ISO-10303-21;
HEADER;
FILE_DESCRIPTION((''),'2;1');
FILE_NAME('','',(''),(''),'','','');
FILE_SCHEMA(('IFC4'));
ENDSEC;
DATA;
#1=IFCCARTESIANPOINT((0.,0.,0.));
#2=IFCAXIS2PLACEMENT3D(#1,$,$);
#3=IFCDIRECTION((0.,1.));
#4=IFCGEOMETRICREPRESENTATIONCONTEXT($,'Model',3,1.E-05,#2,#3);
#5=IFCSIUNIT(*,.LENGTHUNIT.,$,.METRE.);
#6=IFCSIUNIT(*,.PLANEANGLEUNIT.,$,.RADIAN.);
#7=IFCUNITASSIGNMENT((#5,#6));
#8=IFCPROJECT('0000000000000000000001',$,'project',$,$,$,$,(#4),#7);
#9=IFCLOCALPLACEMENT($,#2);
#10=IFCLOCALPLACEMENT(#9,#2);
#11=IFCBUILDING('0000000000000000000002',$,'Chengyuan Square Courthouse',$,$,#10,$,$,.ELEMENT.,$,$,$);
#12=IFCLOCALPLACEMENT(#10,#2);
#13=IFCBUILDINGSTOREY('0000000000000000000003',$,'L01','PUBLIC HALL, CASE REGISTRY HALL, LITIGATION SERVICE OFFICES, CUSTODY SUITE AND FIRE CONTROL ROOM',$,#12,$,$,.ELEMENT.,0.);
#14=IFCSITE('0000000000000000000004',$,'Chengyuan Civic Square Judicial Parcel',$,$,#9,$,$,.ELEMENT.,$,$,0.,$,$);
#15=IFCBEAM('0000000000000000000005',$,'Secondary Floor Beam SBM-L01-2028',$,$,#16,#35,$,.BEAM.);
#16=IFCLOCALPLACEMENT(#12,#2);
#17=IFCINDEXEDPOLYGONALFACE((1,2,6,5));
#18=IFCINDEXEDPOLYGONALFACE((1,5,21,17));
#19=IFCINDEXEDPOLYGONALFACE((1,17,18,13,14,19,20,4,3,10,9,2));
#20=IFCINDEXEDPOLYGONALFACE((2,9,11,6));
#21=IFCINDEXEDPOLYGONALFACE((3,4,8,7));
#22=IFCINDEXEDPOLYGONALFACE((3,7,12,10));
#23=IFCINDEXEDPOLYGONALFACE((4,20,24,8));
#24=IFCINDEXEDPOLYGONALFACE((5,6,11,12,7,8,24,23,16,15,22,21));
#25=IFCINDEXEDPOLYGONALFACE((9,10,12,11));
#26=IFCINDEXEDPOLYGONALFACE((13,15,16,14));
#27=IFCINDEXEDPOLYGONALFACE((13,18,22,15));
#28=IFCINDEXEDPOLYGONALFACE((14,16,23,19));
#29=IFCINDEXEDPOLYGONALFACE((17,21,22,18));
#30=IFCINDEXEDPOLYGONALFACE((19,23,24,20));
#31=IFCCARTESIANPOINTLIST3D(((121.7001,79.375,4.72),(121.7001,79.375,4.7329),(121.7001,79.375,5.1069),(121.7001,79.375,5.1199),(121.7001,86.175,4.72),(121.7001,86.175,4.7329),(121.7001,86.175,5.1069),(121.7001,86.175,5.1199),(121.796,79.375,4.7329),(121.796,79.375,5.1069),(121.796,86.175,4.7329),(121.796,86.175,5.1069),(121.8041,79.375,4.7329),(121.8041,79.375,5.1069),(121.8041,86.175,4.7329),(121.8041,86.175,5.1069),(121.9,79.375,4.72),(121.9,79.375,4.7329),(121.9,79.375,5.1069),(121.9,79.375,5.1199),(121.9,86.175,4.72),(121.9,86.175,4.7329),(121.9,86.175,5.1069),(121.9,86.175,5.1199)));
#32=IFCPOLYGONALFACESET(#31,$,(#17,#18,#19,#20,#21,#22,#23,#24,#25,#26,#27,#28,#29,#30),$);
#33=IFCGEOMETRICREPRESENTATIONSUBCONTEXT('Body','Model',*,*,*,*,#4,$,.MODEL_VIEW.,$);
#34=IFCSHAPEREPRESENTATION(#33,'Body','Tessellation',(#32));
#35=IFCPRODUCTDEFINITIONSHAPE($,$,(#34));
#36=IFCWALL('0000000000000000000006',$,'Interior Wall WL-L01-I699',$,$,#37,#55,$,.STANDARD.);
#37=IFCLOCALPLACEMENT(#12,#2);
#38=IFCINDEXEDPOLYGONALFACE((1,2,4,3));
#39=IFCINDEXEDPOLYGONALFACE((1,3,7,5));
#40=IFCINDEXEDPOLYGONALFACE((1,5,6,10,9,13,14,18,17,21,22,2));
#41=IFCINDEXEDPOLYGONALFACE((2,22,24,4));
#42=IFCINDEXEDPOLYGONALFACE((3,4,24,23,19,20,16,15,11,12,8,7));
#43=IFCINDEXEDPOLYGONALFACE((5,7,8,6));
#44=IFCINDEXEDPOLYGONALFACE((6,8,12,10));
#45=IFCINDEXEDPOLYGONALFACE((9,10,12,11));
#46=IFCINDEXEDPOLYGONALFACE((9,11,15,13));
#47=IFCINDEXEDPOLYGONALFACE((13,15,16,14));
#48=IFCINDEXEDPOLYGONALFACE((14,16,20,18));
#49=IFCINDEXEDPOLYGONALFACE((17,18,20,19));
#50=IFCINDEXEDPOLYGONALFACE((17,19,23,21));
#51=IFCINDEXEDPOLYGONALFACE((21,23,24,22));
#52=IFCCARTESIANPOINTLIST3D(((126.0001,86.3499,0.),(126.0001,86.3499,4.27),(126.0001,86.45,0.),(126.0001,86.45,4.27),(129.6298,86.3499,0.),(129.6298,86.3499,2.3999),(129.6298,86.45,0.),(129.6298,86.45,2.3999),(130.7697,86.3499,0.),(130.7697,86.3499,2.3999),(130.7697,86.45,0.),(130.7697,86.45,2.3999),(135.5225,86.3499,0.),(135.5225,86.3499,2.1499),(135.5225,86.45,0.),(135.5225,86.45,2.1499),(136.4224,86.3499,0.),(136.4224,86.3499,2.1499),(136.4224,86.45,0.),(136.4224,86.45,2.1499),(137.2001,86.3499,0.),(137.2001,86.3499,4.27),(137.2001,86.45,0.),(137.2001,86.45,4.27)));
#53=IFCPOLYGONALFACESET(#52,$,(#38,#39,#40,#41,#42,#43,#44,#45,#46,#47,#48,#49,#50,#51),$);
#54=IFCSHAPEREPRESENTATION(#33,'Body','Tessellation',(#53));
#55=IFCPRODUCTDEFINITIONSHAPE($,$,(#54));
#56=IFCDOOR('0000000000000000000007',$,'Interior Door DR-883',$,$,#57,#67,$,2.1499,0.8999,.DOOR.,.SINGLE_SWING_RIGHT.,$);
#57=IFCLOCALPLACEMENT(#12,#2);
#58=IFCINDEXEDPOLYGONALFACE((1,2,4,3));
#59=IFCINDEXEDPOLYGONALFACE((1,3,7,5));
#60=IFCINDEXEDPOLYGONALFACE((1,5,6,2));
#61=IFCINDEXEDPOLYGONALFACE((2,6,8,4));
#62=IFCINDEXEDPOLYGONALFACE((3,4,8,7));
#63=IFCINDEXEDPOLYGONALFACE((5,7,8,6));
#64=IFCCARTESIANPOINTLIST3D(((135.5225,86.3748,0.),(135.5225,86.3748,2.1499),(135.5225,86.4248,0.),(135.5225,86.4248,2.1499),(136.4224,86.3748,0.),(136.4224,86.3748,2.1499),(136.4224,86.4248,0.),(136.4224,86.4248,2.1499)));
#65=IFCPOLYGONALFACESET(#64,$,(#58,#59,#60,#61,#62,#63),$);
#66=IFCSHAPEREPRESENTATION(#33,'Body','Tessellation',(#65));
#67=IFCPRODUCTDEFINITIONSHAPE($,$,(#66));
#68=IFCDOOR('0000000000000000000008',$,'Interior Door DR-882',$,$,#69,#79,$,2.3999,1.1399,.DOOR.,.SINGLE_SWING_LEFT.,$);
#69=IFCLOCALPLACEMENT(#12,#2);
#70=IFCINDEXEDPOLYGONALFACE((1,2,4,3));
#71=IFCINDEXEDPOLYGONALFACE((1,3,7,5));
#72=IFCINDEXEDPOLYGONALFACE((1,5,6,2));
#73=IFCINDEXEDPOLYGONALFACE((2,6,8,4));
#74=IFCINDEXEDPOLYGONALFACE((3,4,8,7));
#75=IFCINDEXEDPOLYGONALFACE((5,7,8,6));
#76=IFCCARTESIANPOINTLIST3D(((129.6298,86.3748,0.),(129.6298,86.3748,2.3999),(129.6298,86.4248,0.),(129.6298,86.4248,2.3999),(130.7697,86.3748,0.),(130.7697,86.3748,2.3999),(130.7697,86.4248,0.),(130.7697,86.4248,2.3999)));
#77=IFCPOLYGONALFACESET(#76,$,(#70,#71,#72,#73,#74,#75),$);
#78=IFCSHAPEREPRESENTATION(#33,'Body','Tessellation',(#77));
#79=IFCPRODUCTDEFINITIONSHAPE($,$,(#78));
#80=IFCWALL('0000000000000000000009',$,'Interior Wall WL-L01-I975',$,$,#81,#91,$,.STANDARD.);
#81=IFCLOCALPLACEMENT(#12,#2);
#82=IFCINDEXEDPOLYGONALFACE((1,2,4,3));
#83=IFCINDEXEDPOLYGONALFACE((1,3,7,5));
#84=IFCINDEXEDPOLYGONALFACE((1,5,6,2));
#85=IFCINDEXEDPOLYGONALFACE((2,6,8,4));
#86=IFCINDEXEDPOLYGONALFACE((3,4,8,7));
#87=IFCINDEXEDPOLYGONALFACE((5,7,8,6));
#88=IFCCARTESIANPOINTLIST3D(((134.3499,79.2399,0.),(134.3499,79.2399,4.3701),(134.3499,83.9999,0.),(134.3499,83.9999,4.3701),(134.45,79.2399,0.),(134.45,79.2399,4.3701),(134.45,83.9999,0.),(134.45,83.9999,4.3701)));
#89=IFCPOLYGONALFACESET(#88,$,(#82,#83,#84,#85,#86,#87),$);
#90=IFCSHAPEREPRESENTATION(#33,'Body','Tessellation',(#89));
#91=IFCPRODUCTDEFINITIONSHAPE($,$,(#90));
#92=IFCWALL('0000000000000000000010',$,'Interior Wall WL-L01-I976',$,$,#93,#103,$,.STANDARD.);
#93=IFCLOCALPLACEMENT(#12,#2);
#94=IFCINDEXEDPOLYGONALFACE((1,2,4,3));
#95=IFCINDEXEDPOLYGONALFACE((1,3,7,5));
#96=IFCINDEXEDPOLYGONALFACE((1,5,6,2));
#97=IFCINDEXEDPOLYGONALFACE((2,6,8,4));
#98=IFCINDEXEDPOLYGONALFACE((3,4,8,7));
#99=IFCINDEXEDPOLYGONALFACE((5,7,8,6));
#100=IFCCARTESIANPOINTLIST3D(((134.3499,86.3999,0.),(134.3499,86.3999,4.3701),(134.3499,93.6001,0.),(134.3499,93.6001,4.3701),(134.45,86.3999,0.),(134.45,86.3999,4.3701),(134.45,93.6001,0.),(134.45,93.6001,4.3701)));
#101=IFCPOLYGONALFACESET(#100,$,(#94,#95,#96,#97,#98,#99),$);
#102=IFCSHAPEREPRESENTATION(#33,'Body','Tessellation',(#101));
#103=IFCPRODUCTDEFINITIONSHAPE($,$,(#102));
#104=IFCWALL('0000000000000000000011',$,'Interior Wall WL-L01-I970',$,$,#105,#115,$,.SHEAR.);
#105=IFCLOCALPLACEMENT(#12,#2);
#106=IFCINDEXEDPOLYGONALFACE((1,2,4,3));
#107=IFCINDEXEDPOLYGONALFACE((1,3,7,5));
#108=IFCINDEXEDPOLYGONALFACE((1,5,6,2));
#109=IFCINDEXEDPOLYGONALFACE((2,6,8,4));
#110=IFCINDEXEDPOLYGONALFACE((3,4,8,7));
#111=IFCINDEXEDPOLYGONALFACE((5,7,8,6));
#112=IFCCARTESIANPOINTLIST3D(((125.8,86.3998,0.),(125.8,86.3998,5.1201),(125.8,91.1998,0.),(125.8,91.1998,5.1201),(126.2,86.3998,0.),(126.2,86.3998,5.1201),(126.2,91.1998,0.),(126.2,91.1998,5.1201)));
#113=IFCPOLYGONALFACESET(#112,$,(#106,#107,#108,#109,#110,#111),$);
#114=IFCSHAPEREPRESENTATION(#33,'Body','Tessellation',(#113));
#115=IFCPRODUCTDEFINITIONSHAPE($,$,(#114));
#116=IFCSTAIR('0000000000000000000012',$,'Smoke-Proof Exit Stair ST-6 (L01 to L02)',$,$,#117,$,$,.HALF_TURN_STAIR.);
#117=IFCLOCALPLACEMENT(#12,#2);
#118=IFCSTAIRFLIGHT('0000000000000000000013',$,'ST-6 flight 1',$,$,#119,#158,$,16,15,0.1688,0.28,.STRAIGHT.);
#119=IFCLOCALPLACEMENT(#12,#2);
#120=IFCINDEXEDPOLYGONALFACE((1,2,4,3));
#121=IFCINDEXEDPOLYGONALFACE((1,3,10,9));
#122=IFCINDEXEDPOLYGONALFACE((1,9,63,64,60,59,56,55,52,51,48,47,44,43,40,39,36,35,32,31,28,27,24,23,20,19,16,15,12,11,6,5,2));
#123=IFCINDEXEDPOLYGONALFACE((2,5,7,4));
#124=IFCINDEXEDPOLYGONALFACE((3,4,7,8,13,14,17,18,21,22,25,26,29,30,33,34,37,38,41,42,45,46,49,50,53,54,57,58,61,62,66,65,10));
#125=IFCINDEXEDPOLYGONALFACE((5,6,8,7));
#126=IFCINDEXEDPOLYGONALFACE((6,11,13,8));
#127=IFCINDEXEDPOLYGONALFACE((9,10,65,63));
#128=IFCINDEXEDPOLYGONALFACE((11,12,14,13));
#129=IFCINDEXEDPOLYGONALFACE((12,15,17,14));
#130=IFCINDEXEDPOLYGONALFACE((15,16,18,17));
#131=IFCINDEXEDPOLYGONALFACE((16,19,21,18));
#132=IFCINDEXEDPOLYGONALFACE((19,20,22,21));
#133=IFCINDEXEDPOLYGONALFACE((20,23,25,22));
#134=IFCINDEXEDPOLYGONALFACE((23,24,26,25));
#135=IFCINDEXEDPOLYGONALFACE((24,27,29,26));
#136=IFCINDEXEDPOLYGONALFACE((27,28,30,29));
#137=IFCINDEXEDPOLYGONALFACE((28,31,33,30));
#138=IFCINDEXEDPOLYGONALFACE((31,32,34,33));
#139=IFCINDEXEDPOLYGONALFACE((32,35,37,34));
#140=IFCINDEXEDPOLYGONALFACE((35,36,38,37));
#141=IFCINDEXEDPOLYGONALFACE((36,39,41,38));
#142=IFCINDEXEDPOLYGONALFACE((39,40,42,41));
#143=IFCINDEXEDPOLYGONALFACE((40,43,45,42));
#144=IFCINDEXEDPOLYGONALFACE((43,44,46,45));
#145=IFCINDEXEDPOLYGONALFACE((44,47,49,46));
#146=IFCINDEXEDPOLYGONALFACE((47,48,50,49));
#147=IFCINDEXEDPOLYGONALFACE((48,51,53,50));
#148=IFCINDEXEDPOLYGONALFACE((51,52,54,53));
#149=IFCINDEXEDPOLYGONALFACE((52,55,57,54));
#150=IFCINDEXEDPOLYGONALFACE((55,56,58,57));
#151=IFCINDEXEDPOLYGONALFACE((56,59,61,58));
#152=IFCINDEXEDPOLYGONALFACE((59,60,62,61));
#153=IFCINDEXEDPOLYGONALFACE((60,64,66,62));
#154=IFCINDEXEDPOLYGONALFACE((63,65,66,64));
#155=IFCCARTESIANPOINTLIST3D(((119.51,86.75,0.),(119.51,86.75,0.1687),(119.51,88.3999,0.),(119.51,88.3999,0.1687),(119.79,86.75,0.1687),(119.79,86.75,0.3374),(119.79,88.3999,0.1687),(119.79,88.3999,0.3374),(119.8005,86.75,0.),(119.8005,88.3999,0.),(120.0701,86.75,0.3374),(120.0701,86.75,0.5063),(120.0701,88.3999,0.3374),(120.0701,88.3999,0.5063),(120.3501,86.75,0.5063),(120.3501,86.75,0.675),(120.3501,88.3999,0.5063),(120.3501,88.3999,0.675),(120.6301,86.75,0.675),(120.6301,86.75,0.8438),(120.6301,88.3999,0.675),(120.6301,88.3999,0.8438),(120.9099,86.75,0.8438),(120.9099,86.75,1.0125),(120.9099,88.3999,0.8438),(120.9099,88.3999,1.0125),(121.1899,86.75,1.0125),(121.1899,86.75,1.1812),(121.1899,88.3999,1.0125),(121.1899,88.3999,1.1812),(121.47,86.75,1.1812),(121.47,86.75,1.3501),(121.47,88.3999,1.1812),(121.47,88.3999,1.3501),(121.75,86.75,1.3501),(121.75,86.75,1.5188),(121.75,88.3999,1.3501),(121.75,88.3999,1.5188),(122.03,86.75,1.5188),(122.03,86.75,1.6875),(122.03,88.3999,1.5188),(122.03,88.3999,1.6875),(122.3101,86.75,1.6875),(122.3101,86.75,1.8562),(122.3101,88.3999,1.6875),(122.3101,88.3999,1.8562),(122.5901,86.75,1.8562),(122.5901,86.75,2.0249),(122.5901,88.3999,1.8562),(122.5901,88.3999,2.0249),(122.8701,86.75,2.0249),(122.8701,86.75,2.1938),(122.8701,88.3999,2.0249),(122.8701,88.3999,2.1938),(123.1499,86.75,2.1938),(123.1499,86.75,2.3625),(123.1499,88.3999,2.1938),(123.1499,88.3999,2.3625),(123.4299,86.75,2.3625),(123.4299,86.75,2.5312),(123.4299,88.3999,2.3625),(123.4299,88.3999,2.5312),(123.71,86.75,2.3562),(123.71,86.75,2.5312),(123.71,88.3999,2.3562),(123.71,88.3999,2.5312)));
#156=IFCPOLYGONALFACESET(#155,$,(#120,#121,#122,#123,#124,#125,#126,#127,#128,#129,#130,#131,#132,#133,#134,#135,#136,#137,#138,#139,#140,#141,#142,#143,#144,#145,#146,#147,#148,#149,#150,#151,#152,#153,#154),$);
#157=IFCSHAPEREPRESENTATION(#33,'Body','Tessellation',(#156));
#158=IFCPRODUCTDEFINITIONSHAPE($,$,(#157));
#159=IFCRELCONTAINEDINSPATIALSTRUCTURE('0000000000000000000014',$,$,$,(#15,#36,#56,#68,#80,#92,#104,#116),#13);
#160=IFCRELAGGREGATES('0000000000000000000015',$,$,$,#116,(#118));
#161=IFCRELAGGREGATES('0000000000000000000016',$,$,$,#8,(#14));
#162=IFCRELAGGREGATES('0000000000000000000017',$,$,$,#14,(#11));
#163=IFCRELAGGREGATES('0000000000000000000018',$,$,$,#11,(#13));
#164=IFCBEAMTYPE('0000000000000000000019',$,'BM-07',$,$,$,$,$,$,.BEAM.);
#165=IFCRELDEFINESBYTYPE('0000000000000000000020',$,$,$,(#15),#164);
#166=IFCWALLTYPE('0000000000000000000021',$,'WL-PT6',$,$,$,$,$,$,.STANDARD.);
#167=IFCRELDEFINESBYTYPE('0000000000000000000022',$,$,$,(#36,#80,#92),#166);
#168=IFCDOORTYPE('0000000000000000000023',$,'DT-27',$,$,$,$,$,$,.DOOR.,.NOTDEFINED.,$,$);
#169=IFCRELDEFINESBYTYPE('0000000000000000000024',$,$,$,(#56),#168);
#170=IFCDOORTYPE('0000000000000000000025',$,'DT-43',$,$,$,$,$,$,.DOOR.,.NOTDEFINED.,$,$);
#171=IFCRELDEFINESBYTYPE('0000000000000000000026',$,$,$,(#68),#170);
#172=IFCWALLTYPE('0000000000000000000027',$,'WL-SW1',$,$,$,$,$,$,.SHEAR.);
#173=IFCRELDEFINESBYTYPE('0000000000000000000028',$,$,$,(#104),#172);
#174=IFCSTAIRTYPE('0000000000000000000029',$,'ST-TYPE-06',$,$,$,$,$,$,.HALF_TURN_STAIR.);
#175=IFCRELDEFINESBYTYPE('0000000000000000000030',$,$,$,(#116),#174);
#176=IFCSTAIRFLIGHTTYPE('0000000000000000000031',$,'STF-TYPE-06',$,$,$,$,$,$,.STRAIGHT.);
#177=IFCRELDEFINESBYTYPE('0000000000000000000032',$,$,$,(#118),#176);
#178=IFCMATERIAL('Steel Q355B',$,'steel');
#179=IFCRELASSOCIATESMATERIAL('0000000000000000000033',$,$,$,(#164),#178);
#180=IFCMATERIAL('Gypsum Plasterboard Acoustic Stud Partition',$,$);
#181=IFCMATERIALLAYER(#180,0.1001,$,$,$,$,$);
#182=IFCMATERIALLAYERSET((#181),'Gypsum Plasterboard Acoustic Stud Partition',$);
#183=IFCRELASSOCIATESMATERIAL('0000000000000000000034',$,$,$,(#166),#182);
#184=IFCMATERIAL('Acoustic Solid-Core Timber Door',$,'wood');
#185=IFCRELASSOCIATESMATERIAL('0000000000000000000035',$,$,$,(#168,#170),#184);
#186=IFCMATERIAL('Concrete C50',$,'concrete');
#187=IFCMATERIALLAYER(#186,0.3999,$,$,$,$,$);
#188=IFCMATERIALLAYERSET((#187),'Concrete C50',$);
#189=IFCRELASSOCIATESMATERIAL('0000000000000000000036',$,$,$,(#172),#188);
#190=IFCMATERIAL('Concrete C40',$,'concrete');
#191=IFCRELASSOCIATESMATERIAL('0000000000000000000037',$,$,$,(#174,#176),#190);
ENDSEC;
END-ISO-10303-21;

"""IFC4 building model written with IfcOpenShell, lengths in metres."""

from ifc_helpers import new_model, si_unit, direction, frame, frame_2d, origin, origin_2d, place, context, subcontext, project, spatial, polyline, rectangle, i_section, outline, extrude, material, layer, layer_set, material_profile, profile_set, type_object, element, fill, aggregate, save


model = new_model("IFC4")

# Units and contexts
model_context = context("Model", 3, precision=1e-05, world=origin(), true_north=direction((0.0, 1.0)))
body_context = subcontext(model_context, "Body", "Model", "MODEL_VIEW")
ifc_project = project(units=[si_unit("LENGTHUNIT", "METRE"), si_unit("PLANEANGLEUNIT", "RADIAN")], contexts=[model_context])

# Site, building, storey
site_placement = place(None, origin())
site = spatial("IfcSite", under=ifc_project, at=site_placement, Name="Chengyuan Civic Square Judicial Parcel", CompositionType="ELEMENT", RefElevation=0.0)
building_placement = place(site_placement, origin())
building = spatial("IfcBuilding", under=site, at=building_placement, Name="Chengyuan Square Courthouse", CompositionType="ELEMENT")
storey_placement = place(building_placement, origin())
storey = spatial("IfcBuildingStorey", under=building, at=storey_placement, Name="L01", Description="PUBLIC HALL, CASE REGISTRY HALL, LITIGATION SERVICE OFFICES, CUSTODY SUITE AND FIRE CONTROL ROOM", CompositionType="ELEMENT", Elevation=0.0)

# Shared definitions
ifc_material_1 = material(Name="Concrete C50", Category="concrete")

# Beam
ifc_material_2 = material(Name="Concrete C40", Category="concrete")
ifc_material_3 = material(Name="Steel Q355B", Category="steel")
ifc_material_profile_1 = material_profile(ifc_material_3, i_section(OverallWidth=0.2, OverallDepth=0.3999, WebThickness=0.0081, FlangeThickness=0.0129, at=origin_2d()), Name="HN 400x200x8x13")
ifc_profile_set_1 = profile_set([ifc_material_profile_1], Name="Steel Q355B")
beam_type_1 = type_object("IfcBeamType", Name="BM-07", PredefinedType="BEAM", material=ifc_profile_set_1)
beam_1_placement = place(storey_placement, frame((121.8, 79.375, 4.9199), z_axis=(0.0, 1.0, 0.0), x_axis=(-1.0, 0.0, 0.0)))
element("IfcBeam", 1, at=beam_1_placement, inside=storey, type_object=beam_type_1, Name="Secondary Floor Beam SBM-L01-2028", PredefinedType="BEAM", context=body_context, shape_type="SweptSolid", body=[
    extrude(i_section(OverallWidth=0.2, OverallDepth=0.3999, WebThickness=0.0081, FlangeThickness=0.0129, at=origin_2d()), origin(), (0.0, 0.0, 1.0), 6.8),
])

# Wall, openings, doors
ifc_material_4 = material(Name="Gypsum Plasterboard Acoustic Stud Partition")
ifc_layer_1 = layer(ifc_material_4, 0.1001)
ifc_layer_set_1 = layer_set([ifc_layer_1], Name="Gypsum Plasterboard Acoustic Stud Partition")
wall_type_1 = type_object("IfcWallType", Name="WL-PT6", PredefinedType="STANDARD", material=ifc_layer_set_1)
wall_1_placement = place(storey_placement, frame((126.0, 86.3999, 0.0), z_axis=(0.0, 0.0, 1.0), x_axis=(1.0, 0.0, 0.0)))
wall_1 = element("IfcWall", 2, at=wall_1_placement, inside=storey, type_object=wall_type_1, Name="Interior Wall WL-L01-I699", PredefinedType="STANDARD", context=body_context, shape_type="SweptSolid", body=[
    extrude(rectangle(XDim=11.2, YDim=0.1001, at=frame_2d((5.6001, 0.0))), origin(), (0.0, 0.0, 1.0), 4.27),
])
opening_1_placement = place(wall_1_placement, frame((3.6299, 0.0, 0.0)))
opening_1 = element("IfcOpeningElement", 3, at=opening_1_placement, cuts=wall_1, PredefinedType="OPENING", context=body_context, shape_type="SweptSolid", body=[
    extrude(rectangle(XDim=1.1399, YDim=2.3999, at=frame_2d((0.5698, 1.2))), frame((0.0, 0.062, 0.0), z_axis=(0.0, -1.0, 0.0), x_axis=(1.0, 0.0, 0.0)), (0.0, 0.0, 1.0), 0.124),
])
opening_2_placement = place(wall_1_placement, frame((9.5225, 0.0, 0.0)))
opening_2 = element("IfcOpeningElement", 4, at=opening_2_placement, cuts=wall_1, PredefinedType="OPENING", context=body_context, shape_type="SweptSolid", body=[
    extrude(rectangle(XDim=0.8999, YDim=2.1499, at=frame_2d((0.45, 1.075))), frame((0.0, 0.062, 0.0), z_axis=(0.0, -1.0, 0.0), x_axis=(1.0, 0.0, 0.0)), (0.0, 0.0, 1.0), 0.124),
])
ifc_material_5 = material(Name="Acoustic Solid-Core Timber Door", Category="wood")
door_type_1 = type_object("IfcDoorType", Name="DT-27", OperationType="NOTDEFINED", PredefinedType="DOOR", material=ifc_material_5)
door_1_placement = place(opening_2_placement, origin())
door_1 = element("IfcDoor", 5, at=door_1_placement, inside=storey, type_object=door_type_1, Name="Interior Door DR-883", OperationType="SINGLE_SWING_RIGHT", OverallHeight=2.1499, OverallWidth=0.8999, PredefinedType="DOOR", context=body_context, shape_type="SweptSolid", body=[
    extrude(rectangle(XDim=0.8999, YDim=2.1499, at=frame_2d((0.45, 1.075))), frame((0.0, 0.0249, 0.0), z_axis=(0.0, -1.0, 0.0), x_axis=(1.0, 0.0, 0.0)), (0.0, 0.0, 1.0), 0.05),
])
fill(opening_2, door_1)
door_type_2 = type_object("IfcDoorType", Name="DT-43", OperationType="NOTDEFINED", PredefinedType="DOOR", material=ifc_material_5)
door_2_placement = place(opening_1_placement, origin())
door_2 = element("IfcDoor", 6, at=door_2_placement, inside=storey, type_object=door_type_2, Name="Interior Door DR-882", OperationType="SINGLE_SWING_LEFT", OverallHeight=2.3999, OverallWidth=1.1399, PredefinedType="DOOR", context=body_context, shape_type="SweptSolid", body=[
    extrude(rectangle(XDim=1.1399, YDim=2.3999, at=frame_2d((0.5698, 1.2))), frame((0.0, 0.0249, 0.0), z_axis=(0.0, -1.0, 0.0), x_axis=(1.0, 0.0, 0.0)), (0.0, 0.0, 1.0), 0.05),
])
fill(opening_1, door_2)

# Walls
wall_2_placement = place(storey_placement, frame((134.3999, 79.24, 0.0), z_axis=(0.0, 0.0, 1.0), x_axis=(0.0, 1.0, 0.0)))
element("IfcWall", 7, at=wall_2_placement, inside=storey, type_object=wall_type_1, Name="Interior Wall WL-L01-I975", PredefinedType="STANDARD", context=body_context, shape_type="SweptSolid", body=[
    extrude(rectangle(XDim=4.76, YDim=0.1001, at=frame_2d((2.3799, 0.0))), origin(), (0.0, 0.0, 1.0), 4.3701),
])
wall_3_placement = place(storey_placement, frame((134.3999, 86.3999, 0.0), z_axis=(0.0, 0.0, 1.0), x_axis=(0.0, 1.0, 0.0)))
element("IfcWall", 8, at=wall_3_placement, inside=storey, type_object=wall_type_1, Name="Interior Wall WL-L01-I976", PredefinedType="STANDARD", context=body_context, shape_type="SweptSolid", body=[
    extrude(rectangle(XDim=7.2002, YDim=0.1001, at=frame_2d((3.6001, 0.0))), origin(), (0.0, 0.0, 1.0), 4.3701),
])
ifc_layer_2 = layer(ifc_material_1, 0.3999)
ifc_layer_set_2 = layer_set([ifc_layer_2], Name="Concrete C50")
wall_type_2 = type_object("IfcWallType", Name="WL-SW1", PredefinedType="SHEAR", material=ifc_layer_set_2)
wall_4_placement = place(storey_placement, frame((126.0, 86.3999, 0.0), z_axis=(0.0, 0.0, 1.0), x_axis=(0.0, 1.0, 0.0)))
element("IfcWall", 9, at=wall_4_placement, inside=storey, type_object=wall_type_2, Name="Interior Wall WL-L01-I970", PredefinedType="SHEAR", context=body_context, shape_type="SweptSolid", body=[
    extrude(rectangle(XDim=4.8, YDim=0.3999, at=frame_2d((2.3999, 0.0))), origin(), (0.0, 0.0, 1.0), 5.1201),
])

# Stair, stair flight
stair_type = type_object("IfcStairType", Name="ST-TYPE-06", PredefinedType="HALF_TURN_STAIR", material=ifc_material_2)
stair_placement = place(storey_placement, origin())
stair = element("IfcStair", 10, at=stair_placement, inside=storey, type_object=stair_type, Name="Smoke-Proof Exit Stair ST-6 (L01 to L02)", PredefinedType="HALF_TURN_STAIR")
stair_flight_type = type_object("IfcStairFlightType", Name="STF-TYPE-06", PredefinedType="STRAIGHT", material=ifc_material_2)
stair_flight_1_placement = place(storey_placement, frame((119.51, 87.575, 0.0), z_axis=(0.0, 0.0, 1.0), x_axis=(1.0, 0.0, 0.0)))
stair_flight_1 = element("IfcStairFlight", 11, at=stair_flight_1_placement, type_object=stair_flight_type, Name="ST-6 flight 1", NumberOfRisers=16, NumberOfTreads=15, PredefinedType="STRAIGHT", RiserHeight=0.1688, TreadLength=0.28, context=body_context, shape_type="SweptSolid", body=[
    extrude(outline(polyline([(0.0, 0.0), (0.0, 0.1687), (0.28, 0.1687), (0.28, 0.3374), (0.5601, 0.3374), (0.5601, 0.5063), (0.8401, 0.5063), (0.8401, 0.675), (1.1201, 0.675), (1.1201, 0.8438), (1.3999, 0.8438), (1.3999, 1.0125), (1.6799, 1.0125), (1.6799, 1.1812), (1.96, 1.1812), (1.96, 1.3501), (2.24, 1.3501), (2.24, 1.5188), (2.52, 1.5188), (2.52, 1.6875), (2.8, 1.6875), (2.8, 1.8562), (3.0801, 1.8562), (3.0801, 2.0249), (3.3601, 2.0249), (3.3601, 2.1938), (3.6399, 2.1938), (3.6399, 2.3625), (3.9199, 2.3625), (3.9199, 2.5312), (4.2, 2.5312), (4.2, 2.7), (4.2, 2.3562), (0.2905, 0.0), (0.0, 0.0)])), frame((0.0, 0.825, 0.0), z_axis=(0.0, -1.0, 0.0), x_axis=(1.0, 0.0, 0.0)), (0.0, 0.0, 1.0), 1.6499),
])
aggregate(stair, [stair_flight_1])

save(model, "model.ifc")
